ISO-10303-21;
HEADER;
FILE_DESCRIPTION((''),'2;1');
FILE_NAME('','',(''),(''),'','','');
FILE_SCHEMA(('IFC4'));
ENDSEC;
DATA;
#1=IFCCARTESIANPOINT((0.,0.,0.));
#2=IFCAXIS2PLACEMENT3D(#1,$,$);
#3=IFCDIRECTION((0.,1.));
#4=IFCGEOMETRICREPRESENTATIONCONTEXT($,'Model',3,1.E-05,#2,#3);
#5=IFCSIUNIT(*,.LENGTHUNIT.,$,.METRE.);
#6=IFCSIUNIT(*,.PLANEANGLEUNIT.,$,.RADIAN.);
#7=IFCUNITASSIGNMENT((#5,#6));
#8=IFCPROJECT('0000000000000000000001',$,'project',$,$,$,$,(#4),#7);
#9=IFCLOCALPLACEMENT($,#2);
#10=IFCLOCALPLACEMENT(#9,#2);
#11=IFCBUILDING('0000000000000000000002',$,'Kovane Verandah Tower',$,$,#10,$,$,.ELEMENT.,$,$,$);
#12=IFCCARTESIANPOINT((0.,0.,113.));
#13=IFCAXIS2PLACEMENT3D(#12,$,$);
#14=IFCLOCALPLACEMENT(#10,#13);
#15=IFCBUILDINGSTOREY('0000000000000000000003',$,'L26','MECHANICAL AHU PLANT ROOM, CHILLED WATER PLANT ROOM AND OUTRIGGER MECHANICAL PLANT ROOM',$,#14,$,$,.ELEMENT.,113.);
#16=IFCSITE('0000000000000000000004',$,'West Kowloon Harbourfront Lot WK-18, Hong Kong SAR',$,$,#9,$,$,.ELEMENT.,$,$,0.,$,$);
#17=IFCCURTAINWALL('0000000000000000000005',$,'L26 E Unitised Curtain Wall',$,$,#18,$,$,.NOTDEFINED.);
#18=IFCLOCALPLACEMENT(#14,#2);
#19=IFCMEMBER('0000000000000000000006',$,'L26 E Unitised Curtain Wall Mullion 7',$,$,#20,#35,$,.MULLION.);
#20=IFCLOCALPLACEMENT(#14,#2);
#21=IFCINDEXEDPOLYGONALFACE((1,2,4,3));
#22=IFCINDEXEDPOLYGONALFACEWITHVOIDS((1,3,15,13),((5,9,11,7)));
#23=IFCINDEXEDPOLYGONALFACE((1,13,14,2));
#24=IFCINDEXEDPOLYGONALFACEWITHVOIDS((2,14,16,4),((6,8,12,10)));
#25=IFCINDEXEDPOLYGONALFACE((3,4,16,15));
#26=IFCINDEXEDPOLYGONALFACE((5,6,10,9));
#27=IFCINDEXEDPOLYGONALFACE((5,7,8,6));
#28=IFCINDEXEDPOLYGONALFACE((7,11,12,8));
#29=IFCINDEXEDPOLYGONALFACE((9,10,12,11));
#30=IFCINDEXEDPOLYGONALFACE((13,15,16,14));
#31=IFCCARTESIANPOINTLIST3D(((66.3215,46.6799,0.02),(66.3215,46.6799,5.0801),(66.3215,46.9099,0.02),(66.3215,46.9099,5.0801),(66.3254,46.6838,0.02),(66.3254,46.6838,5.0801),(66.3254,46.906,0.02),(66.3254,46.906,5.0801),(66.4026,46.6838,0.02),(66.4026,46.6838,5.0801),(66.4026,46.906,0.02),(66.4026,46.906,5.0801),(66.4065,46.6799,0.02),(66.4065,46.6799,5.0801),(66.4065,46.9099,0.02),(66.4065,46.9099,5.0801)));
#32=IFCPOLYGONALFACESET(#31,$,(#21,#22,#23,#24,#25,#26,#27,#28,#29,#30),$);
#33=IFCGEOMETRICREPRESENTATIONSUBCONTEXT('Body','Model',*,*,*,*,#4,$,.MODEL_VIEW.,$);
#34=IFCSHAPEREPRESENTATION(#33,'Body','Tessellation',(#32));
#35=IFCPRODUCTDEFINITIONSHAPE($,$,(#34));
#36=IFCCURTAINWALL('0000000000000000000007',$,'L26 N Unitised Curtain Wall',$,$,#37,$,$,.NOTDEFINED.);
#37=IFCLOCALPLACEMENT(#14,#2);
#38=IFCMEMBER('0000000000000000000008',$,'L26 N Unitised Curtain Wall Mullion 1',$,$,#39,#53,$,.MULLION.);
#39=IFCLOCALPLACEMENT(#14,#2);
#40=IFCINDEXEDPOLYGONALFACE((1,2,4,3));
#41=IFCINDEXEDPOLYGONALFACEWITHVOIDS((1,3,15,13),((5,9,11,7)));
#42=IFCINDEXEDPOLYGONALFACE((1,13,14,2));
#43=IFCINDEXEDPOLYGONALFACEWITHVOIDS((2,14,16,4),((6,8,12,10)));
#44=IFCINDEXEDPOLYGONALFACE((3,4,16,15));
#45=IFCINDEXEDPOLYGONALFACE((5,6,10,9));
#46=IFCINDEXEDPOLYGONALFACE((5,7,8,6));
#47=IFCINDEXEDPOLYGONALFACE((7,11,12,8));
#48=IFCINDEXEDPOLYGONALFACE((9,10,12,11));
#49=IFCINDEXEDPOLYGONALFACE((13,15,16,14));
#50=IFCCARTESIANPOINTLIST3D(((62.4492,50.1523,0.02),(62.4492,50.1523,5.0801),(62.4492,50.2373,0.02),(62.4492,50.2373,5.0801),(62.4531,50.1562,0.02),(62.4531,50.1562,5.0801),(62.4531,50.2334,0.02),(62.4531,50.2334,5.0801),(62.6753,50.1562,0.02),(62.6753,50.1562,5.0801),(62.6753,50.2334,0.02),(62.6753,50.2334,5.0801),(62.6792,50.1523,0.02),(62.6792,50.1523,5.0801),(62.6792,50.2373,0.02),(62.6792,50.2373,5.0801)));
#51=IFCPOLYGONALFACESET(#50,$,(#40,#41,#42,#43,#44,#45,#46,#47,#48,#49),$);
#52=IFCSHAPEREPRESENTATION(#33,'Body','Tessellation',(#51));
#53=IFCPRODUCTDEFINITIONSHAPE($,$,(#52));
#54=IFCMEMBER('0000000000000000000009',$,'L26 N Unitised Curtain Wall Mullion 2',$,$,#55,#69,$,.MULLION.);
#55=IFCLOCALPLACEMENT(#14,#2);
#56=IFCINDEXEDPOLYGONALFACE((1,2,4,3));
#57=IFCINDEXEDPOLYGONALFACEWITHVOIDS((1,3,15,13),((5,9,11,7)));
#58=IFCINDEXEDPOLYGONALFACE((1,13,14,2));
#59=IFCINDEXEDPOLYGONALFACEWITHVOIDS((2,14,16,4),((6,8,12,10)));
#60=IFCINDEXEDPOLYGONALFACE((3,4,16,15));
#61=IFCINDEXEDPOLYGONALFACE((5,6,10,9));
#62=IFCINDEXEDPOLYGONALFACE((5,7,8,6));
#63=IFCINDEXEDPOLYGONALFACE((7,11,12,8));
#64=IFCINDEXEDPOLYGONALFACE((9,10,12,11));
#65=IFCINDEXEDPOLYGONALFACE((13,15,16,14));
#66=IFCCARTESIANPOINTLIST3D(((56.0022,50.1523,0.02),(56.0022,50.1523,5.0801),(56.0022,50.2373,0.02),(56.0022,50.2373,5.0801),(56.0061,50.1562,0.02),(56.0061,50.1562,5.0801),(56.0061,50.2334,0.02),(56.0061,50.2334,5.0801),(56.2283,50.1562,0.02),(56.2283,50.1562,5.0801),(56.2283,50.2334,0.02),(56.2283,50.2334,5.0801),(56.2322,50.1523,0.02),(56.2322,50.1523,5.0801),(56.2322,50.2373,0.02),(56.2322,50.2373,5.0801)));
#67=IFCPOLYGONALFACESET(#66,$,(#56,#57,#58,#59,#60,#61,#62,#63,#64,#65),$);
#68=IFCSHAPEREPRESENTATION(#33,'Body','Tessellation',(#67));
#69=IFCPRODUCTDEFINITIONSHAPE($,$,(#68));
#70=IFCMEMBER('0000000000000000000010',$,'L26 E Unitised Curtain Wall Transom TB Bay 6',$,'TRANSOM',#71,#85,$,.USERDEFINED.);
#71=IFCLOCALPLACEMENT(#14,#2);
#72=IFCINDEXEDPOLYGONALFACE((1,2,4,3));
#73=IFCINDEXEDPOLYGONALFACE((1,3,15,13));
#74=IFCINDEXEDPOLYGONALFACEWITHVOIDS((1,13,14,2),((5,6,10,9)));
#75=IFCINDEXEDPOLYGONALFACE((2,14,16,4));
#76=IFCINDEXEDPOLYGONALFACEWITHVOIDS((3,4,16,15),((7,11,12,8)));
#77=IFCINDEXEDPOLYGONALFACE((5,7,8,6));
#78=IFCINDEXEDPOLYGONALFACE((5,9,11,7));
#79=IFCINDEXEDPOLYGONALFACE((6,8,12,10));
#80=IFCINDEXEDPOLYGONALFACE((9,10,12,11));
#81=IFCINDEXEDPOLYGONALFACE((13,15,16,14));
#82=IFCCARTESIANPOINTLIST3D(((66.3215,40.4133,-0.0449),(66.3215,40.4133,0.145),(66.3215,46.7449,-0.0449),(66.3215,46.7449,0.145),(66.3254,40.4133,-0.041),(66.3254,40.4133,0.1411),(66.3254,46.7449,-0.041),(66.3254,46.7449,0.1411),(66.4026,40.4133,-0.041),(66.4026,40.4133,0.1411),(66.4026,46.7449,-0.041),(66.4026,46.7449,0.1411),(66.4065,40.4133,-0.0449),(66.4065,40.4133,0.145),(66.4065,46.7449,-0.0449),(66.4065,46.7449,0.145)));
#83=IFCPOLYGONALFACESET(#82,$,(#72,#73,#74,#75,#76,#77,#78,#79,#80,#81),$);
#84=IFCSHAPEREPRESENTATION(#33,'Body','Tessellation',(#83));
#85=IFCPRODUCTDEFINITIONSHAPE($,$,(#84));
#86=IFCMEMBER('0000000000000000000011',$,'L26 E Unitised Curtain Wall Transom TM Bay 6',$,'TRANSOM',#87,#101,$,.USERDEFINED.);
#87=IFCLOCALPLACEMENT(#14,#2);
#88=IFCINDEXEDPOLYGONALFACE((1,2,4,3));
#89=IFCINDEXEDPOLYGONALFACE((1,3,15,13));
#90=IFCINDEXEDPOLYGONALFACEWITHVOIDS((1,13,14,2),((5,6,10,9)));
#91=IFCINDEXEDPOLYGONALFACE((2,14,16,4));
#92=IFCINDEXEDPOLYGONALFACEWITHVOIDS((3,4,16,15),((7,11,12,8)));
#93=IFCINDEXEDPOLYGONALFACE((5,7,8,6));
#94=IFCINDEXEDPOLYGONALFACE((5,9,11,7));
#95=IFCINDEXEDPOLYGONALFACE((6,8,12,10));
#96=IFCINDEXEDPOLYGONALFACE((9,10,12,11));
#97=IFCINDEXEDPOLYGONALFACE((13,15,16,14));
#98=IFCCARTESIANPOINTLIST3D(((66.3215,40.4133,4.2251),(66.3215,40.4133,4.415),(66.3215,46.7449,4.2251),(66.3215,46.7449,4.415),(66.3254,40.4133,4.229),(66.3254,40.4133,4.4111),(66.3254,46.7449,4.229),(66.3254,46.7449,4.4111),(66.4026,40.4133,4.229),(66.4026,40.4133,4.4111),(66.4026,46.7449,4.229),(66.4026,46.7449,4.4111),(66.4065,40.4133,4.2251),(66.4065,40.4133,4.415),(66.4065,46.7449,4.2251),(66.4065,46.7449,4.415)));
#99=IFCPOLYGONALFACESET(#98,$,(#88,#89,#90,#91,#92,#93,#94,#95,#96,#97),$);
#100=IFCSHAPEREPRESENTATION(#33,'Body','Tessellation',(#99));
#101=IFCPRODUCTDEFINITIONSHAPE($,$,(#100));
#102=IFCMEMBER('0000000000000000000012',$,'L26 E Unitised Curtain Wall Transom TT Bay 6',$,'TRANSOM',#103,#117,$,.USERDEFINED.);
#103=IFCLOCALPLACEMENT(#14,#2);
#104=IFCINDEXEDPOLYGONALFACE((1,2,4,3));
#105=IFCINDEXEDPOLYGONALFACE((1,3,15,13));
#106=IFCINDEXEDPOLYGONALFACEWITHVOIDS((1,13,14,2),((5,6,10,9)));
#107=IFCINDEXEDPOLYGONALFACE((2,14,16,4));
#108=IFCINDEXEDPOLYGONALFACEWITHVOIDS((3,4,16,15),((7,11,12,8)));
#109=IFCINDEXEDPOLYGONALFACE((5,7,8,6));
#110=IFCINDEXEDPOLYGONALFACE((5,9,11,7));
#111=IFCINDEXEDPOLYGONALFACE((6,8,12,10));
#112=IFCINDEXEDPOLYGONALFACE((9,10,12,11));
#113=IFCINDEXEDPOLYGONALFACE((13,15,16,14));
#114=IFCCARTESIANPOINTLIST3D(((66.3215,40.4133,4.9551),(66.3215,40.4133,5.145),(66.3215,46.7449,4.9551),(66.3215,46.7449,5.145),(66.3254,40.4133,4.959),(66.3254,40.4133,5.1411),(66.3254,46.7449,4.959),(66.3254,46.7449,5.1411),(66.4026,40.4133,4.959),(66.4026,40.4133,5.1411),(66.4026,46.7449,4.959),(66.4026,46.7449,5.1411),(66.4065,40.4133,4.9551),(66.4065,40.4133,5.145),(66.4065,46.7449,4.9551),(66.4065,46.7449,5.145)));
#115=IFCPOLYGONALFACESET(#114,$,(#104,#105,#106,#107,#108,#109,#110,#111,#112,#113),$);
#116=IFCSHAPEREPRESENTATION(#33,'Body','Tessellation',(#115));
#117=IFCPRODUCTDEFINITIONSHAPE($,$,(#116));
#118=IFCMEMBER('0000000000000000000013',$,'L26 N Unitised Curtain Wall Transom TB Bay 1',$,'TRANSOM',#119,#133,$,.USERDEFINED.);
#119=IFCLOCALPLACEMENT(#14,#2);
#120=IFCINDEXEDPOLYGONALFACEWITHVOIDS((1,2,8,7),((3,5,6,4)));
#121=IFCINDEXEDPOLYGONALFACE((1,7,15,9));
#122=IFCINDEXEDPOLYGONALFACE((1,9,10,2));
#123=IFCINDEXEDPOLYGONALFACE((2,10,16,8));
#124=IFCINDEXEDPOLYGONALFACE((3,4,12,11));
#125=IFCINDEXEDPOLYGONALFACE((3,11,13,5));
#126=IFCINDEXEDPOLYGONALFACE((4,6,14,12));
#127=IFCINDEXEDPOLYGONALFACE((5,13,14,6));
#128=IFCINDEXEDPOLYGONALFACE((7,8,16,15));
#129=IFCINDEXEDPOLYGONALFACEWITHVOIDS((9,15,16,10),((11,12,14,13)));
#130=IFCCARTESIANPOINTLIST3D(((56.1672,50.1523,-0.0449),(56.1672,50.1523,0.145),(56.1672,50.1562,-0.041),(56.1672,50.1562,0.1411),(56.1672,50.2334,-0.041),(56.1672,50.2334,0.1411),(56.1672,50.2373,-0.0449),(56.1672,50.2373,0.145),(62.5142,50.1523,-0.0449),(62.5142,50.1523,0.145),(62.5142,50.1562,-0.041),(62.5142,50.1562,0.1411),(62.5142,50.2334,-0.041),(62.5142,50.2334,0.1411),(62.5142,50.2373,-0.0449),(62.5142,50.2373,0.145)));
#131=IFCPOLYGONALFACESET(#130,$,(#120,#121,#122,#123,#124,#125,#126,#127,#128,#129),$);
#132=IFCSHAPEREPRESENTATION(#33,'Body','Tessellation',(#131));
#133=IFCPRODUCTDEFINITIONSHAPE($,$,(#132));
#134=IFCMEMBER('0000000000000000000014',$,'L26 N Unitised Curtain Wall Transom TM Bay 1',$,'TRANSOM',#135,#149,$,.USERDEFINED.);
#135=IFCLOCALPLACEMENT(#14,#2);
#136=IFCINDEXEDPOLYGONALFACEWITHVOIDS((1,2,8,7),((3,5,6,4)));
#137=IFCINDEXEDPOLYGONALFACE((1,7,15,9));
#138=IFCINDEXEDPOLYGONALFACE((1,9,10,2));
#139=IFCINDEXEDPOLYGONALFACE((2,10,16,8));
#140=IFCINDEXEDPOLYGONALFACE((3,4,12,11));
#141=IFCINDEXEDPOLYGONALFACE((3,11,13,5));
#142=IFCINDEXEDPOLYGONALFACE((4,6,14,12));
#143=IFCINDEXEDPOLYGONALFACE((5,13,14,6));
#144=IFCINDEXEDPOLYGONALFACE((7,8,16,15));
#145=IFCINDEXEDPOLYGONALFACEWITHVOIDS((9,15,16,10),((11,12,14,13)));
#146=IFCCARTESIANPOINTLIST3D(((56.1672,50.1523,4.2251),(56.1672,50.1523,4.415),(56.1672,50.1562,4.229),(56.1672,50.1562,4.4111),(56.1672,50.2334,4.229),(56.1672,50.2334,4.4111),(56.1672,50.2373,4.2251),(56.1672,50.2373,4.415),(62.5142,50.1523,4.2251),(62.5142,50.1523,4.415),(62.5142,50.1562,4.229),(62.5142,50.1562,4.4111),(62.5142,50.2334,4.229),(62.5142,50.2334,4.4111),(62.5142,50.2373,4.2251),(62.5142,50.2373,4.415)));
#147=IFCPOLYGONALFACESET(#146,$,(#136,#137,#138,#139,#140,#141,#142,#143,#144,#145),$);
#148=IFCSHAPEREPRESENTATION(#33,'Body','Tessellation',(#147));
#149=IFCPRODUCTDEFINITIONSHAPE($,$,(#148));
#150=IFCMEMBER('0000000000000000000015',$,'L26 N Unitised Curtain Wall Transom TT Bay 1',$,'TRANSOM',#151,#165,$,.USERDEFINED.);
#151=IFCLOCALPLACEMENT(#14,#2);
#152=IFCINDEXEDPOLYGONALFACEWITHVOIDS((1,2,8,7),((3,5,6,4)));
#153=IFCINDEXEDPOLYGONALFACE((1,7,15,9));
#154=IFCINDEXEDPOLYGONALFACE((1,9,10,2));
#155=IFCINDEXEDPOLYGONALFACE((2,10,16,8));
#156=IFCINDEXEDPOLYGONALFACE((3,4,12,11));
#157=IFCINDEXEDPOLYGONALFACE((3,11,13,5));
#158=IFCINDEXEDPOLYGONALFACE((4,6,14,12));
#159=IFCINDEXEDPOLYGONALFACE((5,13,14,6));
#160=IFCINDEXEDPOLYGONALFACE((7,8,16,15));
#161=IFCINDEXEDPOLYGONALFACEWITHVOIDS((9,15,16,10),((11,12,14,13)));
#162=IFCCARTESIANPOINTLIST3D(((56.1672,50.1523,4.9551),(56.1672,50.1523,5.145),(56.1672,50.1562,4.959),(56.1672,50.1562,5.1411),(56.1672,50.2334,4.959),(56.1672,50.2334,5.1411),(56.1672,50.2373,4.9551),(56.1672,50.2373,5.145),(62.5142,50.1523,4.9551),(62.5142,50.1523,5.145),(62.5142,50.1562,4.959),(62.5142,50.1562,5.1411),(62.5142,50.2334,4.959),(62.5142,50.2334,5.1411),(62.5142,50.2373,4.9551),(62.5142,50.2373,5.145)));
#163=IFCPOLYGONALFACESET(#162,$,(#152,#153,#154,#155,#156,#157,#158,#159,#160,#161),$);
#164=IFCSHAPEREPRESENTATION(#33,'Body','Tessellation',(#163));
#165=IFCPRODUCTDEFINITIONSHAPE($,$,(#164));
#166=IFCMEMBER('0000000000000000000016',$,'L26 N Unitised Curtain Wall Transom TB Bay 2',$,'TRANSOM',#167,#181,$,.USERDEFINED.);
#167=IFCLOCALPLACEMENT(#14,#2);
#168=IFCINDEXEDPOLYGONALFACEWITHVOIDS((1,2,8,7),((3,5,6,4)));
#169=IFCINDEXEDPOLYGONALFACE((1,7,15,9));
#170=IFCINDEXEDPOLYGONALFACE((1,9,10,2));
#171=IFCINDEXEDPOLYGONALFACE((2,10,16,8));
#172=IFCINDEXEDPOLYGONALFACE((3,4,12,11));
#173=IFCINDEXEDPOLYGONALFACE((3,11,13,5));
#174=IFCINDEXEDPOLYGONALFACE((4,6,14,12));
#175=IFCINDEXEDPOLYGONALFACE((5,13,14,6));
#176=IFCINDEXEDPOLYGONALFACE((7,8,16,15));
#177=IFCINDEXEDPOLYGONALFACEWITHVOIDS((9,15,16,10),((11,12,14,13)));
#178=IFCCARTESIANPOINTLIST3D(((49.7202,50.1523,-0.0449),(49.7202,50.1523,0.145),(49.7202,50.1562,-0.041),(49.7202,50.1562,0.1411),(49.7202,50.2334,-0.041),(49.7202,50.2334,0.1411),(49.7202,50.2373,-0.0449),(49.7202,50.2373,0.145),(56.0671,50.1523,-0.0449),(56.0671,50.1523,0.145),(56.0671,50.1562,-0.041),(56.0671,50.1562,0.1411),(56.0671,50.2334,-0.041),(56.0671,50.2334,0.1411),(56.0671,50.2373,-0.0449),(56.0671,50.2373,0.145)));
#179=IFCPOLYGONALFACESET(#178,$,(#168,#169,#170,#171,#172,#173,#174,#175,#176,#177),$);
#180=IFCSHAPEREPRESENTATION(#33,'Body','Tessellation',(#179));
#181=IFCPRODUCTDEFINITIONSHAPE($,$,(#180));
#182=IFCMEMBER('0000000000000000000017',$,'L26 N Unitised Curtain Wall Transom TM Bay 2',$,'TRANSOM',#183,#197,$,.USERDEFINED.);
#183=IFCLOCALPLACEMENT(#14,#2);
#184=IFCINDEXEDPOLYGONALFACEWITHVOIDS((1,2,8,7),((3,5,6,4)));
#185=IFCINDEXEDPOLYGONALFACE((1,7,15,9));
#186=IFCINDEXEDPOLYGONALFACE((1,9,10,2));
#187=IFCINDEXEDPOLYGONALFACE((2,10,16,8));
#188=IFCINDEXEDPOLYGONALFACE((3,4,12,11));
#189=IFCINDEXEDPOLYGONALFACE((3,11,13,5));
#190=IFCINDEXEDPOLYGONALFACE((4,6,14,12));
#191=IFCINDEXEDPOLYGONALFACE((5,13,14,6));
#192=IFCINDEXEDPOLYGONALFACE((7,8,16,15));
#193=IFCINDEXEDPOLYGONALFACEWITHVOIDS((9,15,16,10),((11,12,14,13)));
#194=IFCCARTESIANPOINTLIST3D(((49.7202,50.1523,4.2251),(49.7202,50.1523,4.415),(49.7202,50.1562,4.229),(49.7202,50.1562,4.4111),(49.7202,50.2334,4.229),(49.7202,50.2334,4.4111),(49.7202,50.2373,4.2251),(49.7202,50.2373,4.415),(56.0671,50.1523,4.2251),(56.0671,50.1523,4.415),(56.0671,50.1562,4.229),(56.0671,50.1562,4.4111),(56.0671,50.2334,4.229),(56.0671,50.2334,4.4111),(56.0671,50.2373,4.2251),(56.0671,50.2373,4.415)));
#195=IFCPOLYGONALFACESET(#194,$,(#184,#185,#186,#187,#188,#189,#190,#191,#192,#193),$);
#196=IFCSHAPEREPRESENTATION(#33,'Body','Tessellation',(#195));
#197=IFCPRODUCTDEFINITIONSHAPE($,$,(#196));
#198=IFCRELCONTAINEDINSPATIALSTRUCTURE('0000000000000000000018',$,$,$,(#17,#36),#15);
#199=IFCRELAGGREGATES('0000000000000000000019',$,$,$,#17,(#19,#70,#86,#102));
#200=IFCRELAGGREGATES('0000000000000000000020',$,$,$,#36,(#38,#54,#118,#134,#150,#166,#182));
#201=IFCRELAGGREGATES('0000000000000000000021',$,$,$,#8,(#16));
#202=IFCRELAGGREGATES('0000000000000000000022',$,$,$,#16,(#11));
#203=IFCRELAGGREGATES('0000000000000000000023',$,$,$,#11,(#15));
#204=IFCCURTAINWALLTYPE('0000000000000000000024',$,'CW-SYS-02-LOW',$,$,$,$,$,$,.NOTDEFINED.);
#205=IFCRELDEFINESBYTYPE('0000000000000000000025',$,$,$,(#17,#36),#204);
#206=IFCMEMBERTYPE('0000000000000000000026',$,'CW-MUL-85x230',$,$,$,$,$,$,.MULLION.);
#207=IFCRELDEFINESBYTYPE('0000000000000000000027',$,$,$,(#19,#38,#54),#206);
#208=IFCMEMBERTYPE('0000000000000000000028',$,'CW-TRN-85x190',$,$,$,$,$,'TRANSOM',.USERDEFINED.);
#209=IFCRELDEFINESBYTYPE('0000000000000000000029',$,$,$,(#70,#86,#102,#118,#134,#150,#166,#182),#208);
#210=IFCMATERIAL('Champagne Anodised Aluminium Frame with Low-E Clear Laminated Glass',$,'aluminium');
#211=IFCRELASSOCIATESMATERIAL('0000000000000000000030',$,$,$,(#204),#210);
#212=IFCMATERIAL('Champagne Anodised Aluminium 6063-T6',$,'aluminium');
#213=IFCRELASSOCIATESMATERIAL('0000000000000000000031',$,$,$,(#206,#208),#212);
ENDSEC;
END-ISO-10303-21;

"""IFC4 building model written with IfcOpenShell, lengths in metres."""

from ifc_helpers import new_model, si_unit, direction, frame, origin, origin_2d, place, context, subcontext, project, spatial, hollow_rectangle, extrude, material, material_profile, profile_set, type_object, element, aggregate, save


model = new_model("IFC4")

# Units and contexts
model_context = context("Model", 3, precision=1e-05, world=origin(), true_north=direction((0.0, 1.0)))
body_context = subcontext(model_context, "Body", "Model", "MODEL_VIEW")
ifc_project = project(units=[si_unit("LENGTHUNIT", "METRE"), si_unit("PLANEANGLEUNIT", "RADIAN")], contexts=[model_context])

# Site, building, storey
site_placement = place(None, origin())
site = spatial("IfcSite", under=ifc_project, at=site_placement, Name="West Kowloon Harbourfront Lot WK-18, Hong Kong SAR", CompositionType="ELEMENT", RefElevation=0.0)
building_placement = place(site_placement, origin())
building = spatial("IfcBuilding", under=site, at=building_placement, Name="Kovane Verandah Tower", CompositionType="ELEMENT")
storey_placement = place(building_placement, frame((0.0, 0.0, 113.0)))
storey = spatial("IfcBuildingStorey", under=building, at=storey_placement, Name="L26", Description="MECHANICAL AHU PLANT ROOM, CHILLED WATER PLANT ROOM AND OUTRIGGER MECHANICAL PLANT ROOM", CompositionType="ELEMENT", Elevation=113.0)

# Curtain walls, members
ifc_material_1 = material(Name="Champagne Anodised Aluminium Frame with Low-E Clear Laminated Glass", Category="aluminium")
curtain_wall_type = type_object("IfcCurtainWallType", Name="CW-SYS-02-LOW", PredefinedType="NOTDEFINED", material=ifc_material_1)
curtain_wall_1_placement = place(storey_placement, origin())
curtain_wall_1 = element("IfcCurtainWall", 1, at=curtain_wall_1_placement, inside=storey, type_object=curtain_wall_type, Name="L26 E Unitised Curtain Wall", PredefinedType="NOTDEFINED")
ifc_material_2 = material(Name="Champagne Anodised Aluminium 6063-T6", Category="aluminium")
ifc_material_profile_1 = material_profile(ifc_material_2, hollow_rectangle(XDim=0.085, YDim=0.23, WallThickness=0.0039, at=origin_2d()), Name="AL85x230x4")
ifc_profile_set_1 = profile_set([ifc_material_profile_1], Name="Champagne Anodised Aluminium 6063-T6")
member_type_1 = type_object("IfcMemberType", Name="CW-MUL-85x230", PredefinedType="MULLION", material=ifc_profile_set_1)
member_1_placement = place(storey_placement, frame((66.364, 46.7949, 0.02), z_axis=(0.0, 0.0, 1.0), x_axis=(1.0, 0.0, 0.0)))
member_1 = element("IfcMember", 2, at=member_1_placement, type_object=member_type_1, Name="L26 E Unitised Curtain Wall Mullion 7", PredefinedType="MULLION", context=body_context, shape_type="SweptSolid", body=[
    extrude(hollow_rectangle(XDim=0.085, YDim=0.23, WallThickness=0.0039, at=origin_2d()), origin(), (0.0, 0.0, 1.0), 5.0601),
])
curtain_wall_2_placement = place(storey_placement, origin())
curtain_wall_2 = element("IfcCurtainWall", 3, at=curtain_wall_2_placement, inside=storey, type_object=curtain_wall_type, Name="L26 N Unitised Curtain Wall", PredefinedType="NOTDEFINED")
member_2_placement = place(storey_placement, frame((62.5642, 50.1948, 0.02), z_axis=(0.0, 0.0, 1.0), x_axis=(0.0, 1.0, 0.0)))
member_2 = element("IfcMember", 4, at=member_2_placement, type_object=member_type_1, Name="L26 N Unitised Curtain Wall Mullion 1", PredefinedType="MULLION", context=body_context, shape_type="SweptSolid", body=[
    extrude(hollow_rectangle(XDim=0.085, YDim=0.23, WallThickness=0.0039, at=origin_2d()), origin(), (0.0, 0.0, 1.0), 5.0601),
])
member_3_placement = place(storey_placement, frame((56.1172, 50.1948, 0.02), z_axis=(0.0, 0.0, 1.0), x_axis=(0.0, 1.0, 0.0)))
member_3 = element("IfcMember", 5, at=member_3_placement, type_object=member_type_1, Name="L26 N Unitised Curtain Wall Mullion 2", PredefinedType="MULLION", context=body_context, shape_type="SweptSolid", body=[
    extrude(hollow_rectangle(XDim=0.085, YDim=0.23, WallThickness=0.0039, at=origin_2d()), origin(), (0.0, 0.0, 1.0), 5.0601),
])

# Members
ifc_material_profile_2 = material_profile(ifc_material_2, hollow_rectangle(XDim=0.085, YDim=0.1899, WallThickness=0.0039, at=origin_2d()), Name="AL85x190x4")
ifc_profile_set_2 = profile_set([ifc_material_profile_2], Name="Champagne Anodised Aluminium 6063-T6")
member_type_2 = type_object("IfcMemberType", Name="CW-TRN-85x190", ElementType="TRANSOM", PredefinedType="USERDEFINED", material=ifc_profile_set_2)
member_4_placement = place(storey_placement, frame((66.364, 40.4133, 0.05), z_axis=(0.0, 1.0, 0.0), x_axis=(-1.0, 0.0, 0.0)))
member_4 = element("IfcMember", 6, at=member_4_placement, type_object=member_type_2, Name="L26 E Unitised Curtain Wall Transom TB Bay 6", ObjectType="TRANSOM", PredefinedType="USERDEFINED", context=body_context, shape_type="SweptSolid", body=[
    extrude(hollow_rectangle(XDim=0.085, YDim=0.1899, WallThickness=0.0039, at=origin_2d()), origin(), (0.0, 0.0, 1.0), 6.3315),
])
member_5_placement = place(storey_placement, frame((66.364, 40.4133, 4.3201), z_axis=(0.0, 1.0, 0.0), x_axis=(-1.0, 0.0, 0.0)))
member_5 = element("IfcMember", 7, at=member_5_placement, type_object=member_type_2, Name="L26 E Unitised Curtain Wall Transom TM Bay 6", ObjectType="TRANSOM", PredefinedType="USERDEFINED", context=body_context, shape_type="SweptSolid", body=[
    extrude(hollow_rectangle(XDim=0.085, YDim=0.1899, WallThickness=0.0039, at=origin_2d()), origin(), (0.0, 0.0, 1.0), 6.3315),
])
member_6_placement = place(storey_placement, frame((66.364, 40.4133, 5.05), z_axis=(0.0, 1.0, 0.0), x_axis=(-1.0, 0.0, 0.0)))
member_6 = element("IfcMember", 8, at=member_6_placement, type_object=member_type_2, Name="L26 E Unitised Curtain Wall Transom TT Bay 6", ObjectType="TRANSOM", PredefinedType="USERDEFINED", context=body_context, shape_type="SweptSolid", body=[
    extrude(hollow_rectangle(XDim=0.085, YDim=0.1899, WallThickness=0.0039, at=origin_2d()), origin(), (0.0, 0.0, 1.0), 6.3315),
])
member_7_placement = place(storey_placement, frame((62.5142, 50.1948, 0.05), z_axis=(-1.0, 0.0, 0.0), x_axis=(0.0, -1.0, 0.0)))
member_7 = element("IfcMember", 9, at=member_7_placement, type_object=member_type_2, Name="L26 N Unitised Curtain Wall Transom TB Bay 1", ObjectType="TRANSOM", PredefinedType="USERDEFINED", context=body_context, shape_type="SweptSolid", body=[
    extrude(hollow_rectangle(XDim=0.085, YDim=0.1899, WallThickness=0.0039, at=origin_2d()), origin(), (0.0, 0.0, 1.0), 6.3469),
])
member_8_placement = place(storey_placement, frame((62.5142, 50.1948, 4.3201), z_axis=(-1.0, 0.0, 0.0), x_axis=(0.0, -1.0, 0.0)))
member_8 = element("IfcMember", 10, at=member_8_placement, type_object=member_type_2, Name="L26 N Unitised Curtain Wall Transom TM Bay 1", ObjectType="TRANSOM", PredefinedType="USERDEFINED", context=body_context, shape_type="SweptSolid", body=[
    extrude(hollow_rectangle(XDim=0.085, YDim=0.1899, WallThickness=0.0039, at=origin_2d()), origin(), (0.0, 0.0, 1.0), 6.3469),
])
member_9_placement = place(storey_placement, frame((62.5142, 50.1948, 5.05), z_axis=(-1.0, 0.0, 0.0), x_axis=(0.0, -1.0, 0.0)))
member_9 = element("IfcMember", 11, at=member_9_placement, type_object=member_type_2, Name="L26 N Unitised Curtain Wall Transom TT Bay 1", ObjectType="TRANSOM", PredefinedType="USERDEFINED", context=body_context, shape_type="SweptSolid", body=[
    extrude(hollow_rectangle(XDim=0.085, YDim=0.1899, WallThickness=0.0039, at=origin_2d()), origin(), (0.0, 0.0, 1.0), 6.3469),
])
member_10_placement = place(storey_placement, frame((56.0671, 50.1948, 0.05), z_axis=(-1.0, 0.0, 0.0), x_axis=(0.0, -1.0, 0.0)))
member_10 = element("IfcMember", 12, at=member_10_placement, type_object=member_type_2, Name="L26 N Unitised Curtain Wall Transom TB Bay 2", ObjectType="TRANSOM", PredefinedType="USERDEFINED", context=body_context, shape_type="SweptSolid", body=[
    extrude(hollow_rectangle(XDim=0.085, YDim=0.1899, WallThickness=0.0039, at=origin_2d()), origin(), (0.0, 0.0, 1.0), 6.3469),
])
member_11_placement = place(storey_placement, frame((56.0671, 50.1948, 4.3201), z_axis=(-1.0, 0.0, 0.0), x_axis=(0.0, -1.0, 0.0)))
member_11 = element("IfcMember", 13, at=member_11_placement, type_object=member_type_2, Name="L26 N Unitised Curtain Wall Transom TM Bay 2", ObjectType="TRANSOM", PredefinedType="USERDEFINED", context=body_context, shape_type="SweptSolid", body=[
    extrude(hollow_rectangle(XDim=0.085, YDim=0.1899, WallThickness=0.0039, at=origin_2d()), origin(), (0.0, 0.0, 1.0), 6.3469),
])

aggregate(curtain_wall_1, [member_1, member_4, member_5, member_6])
aggregate(curtain_wall_2, [member_2, member_3, member_7, member_8, member_9, member_10, member_11])

save(model, "model.ifc")
